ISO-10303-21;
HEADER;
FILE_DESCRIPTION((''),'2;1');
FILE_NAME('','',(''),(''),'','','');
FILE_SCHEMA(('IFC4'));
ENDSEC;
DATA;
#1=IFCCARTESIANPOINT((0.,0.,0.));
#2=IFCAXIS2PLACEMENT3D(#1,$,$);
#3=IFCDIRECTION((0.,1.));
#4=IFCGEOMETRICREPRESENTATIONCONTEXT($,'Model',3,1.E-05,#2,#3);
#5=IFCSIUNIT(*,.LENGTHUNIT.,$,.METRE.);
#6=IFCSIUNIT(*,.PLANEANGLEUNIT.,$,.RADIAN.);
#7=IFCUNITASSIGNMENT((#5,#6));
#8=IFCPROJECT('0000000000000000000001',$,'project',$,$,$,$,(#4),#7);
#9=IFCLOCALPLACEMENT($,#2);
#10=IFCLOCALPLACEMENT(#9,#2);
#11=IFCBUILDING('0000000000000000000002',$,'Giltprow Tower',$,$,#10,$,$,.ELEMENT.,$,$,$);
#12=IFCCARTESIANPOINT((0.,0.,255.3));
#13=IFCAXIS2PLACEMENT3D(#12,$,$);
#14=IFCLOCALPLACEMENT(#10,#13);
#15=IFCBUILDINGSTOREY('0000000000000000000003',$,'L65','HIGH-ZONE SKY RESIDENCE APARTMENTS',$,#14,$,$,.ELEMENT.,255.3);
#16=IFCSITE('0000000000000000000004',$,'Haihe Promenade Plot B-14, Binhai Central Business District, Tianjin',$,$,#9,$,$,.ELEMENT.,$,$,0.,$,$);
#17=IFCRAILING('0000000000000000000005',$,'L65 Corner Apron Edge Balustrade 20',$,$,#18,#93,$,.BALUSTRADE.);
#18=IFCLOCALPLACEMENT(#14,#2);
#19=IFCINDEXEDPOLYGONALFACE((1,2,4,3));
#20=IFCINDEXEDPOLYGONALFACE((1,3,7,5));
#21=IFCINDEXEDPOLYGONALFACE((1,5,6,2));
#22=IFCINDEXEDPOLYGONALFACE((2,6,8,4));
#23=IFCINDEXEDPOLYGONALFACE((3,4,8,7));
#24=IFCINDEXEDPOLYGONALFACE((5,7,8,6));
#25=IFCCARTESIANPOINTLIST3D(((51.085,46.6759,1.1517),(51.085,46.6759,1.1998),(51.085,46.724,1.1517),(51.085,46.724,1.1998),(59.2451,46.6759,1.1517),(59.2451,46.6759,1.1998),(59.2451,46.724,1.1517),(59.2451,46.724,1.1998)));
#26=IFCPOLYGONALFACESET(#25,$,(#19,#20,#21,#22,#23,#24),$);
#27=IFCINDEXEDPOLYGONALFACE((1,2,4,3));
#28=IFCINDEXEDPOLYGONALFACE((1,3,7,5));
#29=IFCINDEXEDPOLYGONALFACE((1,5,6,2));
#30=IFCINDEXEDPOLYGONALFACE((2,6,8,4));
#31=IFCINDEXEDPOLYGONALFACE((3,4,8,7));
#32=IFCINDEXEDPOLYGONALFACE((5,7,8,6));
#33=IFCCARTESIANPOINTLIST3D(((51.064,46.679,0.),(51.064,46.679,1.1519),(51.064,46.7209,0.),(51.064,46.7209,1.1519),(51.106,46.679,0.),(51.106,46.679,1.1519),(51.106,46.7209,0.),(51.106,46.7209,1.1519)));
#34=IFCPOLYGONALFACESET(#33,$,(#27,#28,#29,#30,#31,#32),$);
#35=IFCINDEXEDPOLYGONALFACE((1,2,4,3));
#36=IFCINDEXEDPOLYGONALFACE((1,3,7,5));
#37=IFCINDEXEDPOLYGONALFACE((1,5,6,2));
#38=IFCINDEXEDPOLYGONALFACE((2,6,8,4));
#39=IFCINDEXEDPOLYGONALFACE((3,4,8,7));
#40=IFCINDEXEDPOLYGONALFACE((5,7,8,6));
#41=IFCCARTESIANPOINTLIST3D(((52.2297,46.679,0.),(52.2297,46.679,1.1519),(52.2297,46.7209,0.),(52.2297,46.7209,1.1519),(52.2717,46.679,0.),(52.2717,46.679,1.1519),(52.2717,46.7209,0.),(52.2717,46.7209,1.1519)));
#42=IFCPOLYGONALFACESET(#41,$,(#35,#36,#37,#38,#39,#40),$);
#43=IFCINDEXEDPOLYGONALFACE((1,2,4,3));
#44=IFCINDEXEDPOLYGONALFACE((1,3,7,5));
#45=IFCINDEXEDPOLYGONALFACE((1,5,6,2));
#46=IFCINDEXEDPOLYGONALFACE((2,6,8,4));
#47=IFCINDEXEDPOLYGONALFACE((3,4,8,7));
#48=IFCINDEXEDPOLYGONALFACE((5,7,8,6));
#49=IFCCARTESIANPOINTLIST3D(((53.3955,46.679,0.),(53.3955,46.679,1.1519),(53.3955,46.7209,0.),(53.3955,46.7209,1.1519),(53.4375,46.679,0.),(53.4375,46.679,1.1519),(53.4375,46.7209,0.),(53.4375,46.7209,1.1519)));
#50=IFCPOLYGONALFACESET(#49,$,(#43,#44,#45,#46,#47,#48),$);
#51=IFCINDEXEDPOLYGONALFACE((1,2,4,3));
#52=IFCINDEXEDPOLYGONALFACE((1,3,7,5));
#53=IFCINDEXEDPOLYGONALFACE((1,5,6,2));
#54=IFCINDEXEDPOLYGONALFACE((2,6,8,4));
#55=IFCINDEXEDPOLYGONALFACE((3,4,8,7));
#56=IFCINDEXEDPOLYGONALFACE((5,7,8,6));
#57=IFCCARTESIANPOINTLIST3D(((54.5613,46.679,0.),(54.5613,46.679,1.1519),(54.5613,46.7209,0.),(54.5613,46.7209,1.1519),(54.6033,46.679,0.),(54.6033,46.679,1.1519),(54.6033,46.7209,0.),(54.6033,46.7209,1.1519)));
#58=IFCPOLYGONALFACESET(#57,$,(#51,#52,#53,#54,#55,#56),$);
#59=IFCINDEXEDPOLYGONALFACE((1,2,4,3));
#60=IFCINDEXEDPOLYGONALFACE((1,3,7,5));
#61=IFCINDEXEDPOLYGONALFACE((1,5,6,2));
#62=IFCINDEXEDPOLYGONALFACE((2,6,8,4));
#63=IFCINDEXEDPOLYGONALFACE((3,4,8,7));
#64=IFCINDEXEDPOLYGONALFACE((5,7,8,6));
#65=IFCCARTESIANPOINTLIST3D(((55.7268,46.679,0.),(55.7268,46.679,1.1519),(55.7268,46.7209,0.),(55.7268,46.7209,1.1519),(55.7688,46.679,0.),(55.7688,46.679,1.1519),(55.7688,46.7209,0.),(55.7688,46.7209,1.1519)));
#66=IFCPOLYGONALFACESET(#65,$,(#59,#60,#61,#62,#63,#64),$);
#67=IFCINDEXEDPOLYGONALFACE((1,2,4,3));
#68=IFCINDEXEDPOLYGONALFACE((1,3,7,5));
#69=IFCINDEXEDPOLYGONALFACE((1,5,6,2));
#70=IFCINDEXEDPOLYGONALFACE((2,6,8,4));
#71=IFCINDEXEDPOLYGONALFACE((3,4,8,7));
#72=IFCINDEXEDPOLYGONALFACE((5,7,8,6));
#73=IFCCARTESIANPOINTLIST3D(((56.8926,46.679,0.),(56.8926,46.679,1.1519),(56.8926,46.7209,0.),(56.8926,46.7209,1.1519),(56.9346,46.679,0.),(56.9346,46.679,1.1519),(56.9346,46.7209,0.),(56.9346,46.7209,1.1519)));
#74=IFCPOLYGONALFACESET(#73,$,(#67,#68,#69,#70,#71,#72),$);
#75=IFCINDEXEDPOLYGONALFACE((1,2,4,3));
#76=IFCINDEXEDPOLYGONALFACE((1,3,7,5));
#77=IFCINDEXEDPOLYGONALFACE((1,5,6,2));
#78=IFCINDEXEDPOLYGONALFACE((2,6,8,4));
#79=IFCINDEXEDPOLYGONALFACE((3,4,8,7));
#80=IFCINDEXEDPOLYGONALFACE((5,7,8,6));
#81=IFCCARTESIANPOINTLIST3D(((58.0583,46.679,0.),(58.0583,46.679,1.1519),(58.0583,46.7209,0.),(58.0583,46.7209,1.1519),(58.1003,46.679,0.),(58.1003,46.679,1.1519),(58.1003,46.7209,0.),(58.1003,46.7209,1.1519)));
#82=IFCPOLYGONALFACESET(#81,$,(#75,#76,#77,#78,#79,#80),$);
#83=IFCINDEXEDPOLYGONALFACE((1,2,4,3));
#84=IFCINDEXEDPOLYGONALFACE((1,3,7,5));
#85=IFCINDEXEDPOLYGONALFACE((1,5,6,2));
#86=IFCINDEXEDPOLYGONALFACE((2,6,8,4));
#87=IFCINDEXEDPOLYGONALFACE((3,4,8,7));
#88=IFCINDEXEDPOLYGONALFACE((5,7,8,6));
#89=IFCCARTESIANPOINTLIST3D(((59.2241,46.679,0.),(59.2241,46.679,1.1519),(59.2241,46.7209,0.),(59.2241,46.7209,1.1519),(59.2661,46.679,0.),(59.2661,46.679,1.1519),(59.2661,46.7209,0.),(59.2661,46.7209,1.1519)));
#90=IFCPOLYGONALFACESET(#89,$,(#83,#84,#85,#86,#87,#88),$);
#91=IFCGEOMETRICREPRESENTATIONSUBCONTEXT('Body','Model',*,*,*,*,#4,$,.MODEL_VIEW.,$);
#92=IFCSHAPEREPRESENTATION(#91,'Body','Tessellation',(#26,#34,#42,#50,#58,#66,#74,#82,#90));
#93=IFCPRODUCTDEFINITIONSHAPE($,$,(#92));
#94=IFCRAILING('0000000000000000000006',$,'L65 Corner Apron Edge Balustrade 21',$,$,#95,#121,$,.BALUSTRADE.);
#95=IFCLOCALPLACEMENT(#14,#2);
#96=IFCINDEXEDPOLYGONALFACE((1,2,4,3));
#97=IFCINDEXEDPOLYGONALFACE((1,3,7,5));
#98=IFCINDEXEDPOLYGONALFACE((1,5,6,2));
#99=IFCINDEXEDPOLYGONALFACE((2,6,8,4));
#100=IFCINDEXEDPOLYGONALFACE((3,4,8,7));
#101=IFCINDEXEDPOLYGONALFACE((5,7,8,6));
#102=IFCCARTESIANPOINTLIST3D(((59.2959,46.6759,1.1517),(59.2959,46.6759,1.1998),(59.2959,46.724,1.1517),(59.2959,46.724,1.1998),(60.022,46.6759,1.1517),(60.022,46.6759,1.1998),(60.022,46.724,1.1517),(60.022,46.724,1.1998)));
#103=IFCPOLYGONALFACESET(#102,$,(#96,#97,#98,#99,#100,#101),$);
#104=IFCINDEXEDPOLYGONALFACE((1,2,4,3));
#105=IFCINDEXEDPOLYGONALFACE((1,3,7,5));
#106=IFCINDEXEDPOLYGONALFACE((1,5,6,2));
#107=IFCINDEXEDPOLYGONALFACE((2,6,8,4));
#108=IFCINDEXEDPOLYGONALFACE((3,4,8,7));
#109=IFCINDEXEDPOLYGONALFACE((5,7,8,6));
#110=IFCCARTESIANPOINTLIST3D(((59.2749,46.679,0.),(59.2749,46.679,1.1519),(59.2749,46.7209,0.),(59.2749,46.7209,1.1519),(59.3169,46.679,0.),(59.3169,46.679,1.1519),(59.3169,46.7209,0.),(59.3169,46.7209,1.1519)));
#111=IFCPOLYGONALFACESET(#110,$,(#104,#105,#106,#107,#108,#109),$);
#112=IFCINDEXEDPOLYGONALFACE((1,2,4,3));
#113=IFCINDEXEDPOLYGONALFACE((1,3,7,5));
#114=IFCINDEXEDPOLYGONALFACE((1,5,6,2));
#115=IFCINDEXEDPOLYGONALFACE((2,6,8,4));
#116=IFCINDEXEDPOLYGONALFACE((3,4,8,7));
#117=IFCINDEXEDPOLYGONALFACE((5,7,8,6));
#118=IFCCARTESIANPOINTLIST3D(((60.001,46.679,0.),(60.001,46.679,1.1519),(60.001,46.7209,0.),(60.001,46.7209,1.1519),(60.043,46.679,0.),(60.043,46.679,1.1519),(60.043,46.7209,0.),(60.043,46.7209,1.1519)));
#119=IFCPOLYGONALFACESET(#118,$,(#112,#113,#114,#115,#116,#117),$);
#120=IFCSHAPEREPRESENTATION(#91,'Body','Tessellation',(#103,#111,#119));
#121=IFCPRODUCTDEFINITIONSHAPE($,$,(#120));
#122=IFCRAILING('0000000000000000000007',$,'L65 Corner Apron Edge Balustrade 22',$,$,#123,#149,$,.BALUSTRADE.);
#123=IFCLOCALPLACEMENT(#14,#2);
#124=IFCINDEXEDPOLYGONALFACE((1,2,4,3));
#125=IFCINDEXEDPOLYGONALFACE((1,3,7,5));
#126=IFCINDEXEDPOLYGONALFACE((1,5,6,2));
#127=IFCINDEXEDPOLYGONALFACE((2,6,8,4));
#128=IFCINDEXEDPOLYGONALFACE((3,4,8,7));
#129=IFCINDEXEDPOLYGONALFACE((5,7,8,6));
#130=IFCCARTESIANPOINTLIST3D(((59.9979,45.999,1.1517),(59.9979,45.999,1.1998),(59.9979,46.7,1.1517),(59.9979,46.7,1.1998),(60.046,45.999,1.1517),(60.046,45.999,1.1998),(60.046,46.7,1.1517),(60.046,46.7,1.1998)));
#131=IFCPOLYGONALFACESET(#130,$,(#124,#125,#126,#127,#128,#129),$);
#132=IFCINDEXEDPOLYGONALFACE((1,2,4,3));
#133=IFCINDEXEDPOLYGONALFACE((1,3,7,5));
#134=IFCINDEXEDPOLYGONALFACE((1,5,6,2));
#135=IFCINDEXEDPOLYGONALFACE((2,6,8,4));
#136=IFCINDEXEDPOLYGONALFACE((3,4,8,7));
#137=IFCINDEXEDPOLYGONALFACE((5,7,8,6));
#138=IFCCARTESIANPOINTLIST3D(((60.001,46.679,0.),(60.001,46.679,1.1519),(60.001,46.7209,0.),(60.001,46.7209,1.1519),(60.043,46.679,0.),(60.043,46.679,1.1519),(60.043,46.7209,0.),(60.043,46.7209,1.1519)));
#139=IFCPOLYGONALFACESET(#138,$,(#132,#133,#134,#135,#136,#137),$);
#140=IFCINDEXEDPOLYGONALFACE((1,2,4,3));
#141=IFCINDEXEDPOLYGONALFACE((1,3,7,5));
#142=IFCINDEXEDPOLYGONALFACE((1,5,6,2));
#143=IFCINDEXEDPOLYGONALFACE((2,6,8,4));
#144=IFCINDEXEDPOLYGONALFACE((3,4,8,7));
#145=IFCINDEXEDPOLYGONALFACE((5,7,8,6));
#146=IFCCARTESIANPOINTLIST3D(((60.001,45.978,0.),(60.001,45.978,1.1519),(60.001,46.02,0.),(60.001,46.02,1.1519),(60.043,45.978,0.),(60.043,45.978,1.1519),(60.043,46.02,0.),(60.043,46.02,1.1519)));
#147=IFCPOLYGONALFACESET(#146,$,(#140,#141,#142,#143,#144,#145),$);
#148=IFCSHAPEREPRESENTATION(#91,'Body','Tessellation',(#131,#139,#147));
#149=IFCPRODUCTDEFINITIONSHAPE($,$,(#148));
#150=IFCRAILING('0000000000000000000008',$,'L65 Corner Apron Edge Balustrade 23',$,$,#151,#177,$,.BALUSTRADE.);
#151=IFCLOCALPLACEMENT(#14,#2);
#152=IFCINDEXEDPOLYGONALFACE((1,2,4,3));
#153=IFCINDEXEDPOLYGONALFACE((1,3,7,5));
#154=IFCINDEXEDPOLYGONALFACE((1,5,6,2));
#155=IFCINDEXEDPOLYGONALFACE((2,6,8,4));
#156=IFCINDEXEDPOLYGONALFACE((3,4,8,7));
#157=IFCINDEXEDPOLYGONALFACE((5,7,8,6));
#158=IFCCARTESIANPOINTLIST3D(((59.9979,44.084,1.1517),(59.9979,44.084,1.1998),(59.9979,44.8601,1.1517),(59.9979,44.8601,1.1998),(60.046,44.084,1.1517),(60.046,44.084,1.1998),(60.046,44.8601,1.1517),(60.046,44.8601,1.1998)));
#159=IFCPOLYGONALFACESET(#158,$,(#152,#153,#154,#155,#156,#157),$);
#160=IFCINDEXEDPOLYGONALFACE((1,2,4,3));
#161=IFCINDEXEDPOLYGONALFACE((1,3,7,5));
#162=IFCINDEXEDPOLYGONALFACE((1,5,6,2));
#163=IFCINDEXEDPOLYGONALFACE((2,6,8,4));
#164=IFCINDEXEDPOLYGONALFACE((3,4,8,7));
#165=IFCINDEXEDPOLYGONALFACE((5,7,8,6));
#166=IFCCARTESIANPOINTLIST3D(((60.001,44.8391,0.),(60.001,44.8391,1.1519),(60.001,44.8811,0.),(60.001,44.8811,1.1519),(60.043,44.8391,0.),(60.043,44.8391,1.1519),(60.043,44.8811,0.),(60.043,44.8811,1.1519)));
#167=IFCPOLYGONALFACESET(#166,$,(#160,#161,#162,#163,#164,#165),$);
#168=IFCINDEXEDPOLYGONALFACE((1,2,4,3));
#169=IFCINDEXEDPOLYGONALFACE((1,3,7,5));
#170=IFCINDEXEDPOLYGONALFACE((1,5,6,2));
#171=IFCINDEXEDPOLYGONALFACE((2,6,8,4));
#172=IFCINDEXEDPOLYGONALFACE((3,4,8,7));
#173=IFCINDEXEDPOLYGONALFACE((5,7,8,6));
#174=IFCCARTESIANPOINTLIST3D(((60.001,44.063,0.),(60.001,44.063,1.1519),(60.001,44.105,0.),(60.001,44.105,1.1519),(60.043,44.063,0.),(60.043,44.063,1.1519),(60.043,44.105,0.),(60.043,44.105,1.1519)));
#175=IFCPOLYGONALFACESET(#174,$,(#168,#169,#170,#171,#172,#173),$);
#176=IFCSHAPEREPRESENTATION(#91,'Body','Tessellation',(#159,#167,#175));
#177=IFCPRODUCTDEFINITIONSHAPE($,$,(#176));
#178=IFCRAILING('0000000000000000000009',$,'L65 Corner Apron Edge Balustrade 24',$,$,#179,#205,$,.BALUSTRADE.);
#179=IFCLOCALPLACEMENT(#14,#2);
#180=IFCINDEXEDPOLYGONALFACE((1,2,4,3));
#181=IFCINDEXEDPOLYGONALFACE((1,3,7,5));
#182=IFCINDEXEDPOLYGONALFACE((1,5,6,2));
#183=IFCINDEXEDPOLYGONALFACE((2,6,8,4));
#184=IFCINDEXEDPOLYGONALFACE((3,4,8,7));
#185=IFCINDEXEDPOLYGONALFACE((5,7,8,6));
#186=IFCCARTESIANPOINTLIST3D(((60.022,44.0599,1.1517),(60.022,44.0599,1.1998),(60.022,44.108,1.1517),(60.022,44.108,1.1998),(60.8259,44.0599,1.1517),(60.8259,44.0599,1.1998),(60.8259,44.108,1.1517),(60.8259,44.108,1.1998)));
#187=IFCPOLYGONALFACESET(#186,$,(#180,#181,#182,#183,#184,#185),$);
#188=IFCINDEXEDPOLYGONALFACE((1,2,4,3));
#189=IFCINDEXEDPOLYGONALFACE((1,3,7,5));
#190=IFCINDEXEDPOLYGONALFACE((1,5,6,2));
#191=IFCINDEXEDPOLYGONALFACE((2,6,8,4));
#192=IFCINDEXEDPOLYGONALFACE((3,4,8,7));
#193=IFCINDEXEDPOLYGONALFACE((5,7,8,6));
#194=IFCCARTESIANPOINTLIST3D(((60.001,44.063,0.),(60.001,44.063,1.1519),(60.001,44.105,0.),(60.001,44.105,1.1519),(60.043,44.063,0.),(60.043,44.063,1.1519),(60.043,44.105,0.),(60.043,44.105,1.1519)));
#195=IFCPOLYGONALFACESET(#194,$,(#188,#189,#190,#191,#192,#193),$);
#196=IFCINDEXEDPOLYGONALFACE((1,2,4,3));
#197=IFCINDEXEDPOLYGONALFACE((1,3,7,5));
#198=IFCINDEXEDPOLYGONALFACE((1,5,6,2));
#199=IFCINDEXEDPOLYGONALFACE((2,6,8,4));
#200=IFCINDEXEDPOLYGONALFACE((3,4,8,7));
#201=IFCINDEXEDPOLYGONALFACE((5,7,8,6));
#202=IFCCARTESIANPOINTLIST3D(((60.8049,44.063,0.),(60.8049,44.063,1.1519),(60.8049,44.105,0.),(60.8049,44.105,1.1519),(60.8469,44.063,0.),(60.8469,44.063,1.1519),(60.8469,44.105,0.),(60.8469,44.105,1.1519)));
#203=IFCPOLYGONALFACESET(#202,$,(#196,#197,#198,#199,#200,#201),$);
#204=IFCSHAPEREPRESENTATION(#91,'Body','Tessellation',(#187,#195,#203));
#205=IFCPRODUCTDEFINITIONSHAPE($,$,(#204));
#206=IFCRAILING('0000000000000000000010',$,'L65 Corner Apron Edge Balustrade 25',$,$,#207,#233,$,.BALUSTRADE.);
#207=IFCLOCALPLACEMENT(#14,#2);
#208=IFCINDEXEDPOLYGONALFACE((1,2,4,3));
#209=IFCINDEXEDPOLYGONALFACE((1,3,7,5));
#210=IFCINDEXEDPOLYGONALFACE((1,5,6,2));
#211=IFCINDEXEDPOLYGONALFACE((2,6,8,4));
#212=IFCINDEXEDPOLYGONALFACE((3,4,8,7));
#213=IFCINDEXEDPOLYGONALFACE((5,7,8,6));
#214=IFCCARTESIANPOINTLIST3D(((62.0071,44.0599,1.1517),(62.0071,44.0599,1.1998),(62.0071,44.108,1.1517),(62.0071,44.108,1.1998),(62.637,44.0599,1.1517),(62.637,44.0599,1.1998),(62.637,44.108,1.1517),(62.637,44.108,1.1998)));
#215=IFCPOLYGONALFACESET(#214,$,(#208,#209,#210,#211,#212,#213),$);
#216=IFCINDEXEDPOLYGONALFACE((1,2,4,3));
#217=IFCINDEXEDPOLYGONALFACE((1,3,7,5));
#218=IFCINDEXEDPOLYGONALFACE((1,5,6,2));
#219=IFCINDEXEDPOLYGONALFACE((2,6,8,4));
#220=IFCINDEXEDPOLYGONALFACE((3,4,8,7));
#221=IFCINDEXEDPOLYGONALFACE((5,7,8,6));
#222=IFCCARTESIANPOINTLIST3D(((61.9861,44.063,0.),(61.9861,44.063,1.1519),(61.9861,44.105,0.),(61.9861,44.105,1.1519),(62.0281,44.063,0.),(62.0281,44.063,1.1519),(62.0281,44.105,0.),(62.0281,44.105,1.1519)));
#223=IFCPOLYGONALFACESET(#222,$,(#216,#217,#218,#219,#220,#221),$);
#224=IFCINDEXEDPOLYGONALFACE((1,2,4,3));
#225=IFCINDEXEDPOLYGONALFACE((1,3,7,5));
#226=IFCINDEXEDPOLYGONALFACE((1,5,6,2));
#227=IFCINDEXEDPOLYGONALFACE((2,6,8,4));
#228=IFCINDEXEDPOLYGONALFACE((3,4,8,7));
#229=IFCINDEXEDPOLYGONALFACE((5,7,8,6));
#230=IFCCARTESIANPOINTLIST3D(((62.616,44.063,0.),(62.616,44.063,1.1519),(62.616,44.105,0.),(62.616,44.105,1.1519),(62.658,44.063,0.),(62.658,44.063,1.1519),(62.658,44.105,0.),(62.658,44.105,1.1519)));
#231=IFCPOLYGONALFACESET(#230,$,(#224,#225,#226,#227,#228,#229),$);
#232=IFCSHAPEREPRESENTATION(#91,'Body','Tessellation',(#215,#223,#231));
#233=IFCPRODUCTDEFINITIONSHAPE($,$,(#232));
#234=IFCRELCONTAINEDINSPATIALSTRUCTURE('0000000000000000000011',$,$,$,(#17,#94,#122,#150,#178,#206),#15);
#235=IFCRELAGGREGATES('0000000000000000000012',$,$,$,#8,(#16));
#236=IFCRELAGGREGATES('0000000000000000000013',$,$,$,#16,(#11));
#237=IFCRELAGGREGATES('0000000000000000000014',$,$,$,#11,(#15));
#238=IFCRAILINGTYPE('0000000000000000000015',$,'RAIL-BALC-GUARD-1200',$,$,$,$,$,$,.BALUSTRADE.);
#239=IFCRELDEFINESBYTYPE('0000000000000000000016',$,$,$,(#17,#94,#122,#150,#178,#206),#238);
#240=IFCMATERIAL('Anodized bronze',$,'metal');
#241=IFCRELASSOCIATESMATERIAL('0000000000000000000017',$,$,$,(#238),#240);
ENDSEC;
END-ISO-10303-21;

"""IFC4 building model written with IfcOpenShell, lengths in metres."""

from ifc_helpers import new_model, si_unit, direction, frame, origin, origin_2d, place, context, subcontext, project, spatial, rectangle, extrude, material, type_object, element, save


model = new_model("IFC4")

# Units and contexts
model_context = context("Model", 3, precision=1e-05, world=origin(), true_north=direction((0.0, 1.0)))
body_context = subcontext(model_context, "Body", "Model", "MODEL_VIEW")
ifc_project = project(units=[si_unit("LENGTHUNIT", "METRE"), si_unit("PLANEANGLEUNIT", "RADIAN")], contexts=[model_context])

# Site, building, storey
site_placement = place(None, origin())
site = spatial("IfcSite", under=ifc_project, at=site_placement, Name="Haihe Promenade Plot B-14, Binhai Central Business District, Tianjin", CompositionType="ELEMENT", RefElevation=0.0)
building_placement = place(site_placement, origin())
building = spatial("IfcBuilding", under=site, at=building_placement, Name="Giltprow Tower", CompositionType="ELEMENT")
storey_placement = place(building_placement, frame((0.0, 0.0, 255.3)))
storey = spatial("IfcBuildingStorey", under=building, at=storey_placement, Name="L65", Description="HIGH-ZONE SKY RESIDENCE APARTMENTS", CompositionType="ELEMENT", Elevation=255.3)

# Railings
ifc_material_1 = material(Name="Anodized bronze", Category="metal")
railing_type_1 = type_object("IfcRailingType", Name="RAIL-BALC-GUARD-1200", PredefinedType="BALUSTRADE", material=ifc_material_1)
railing_1_placement = place(storey_placement, frame((51.085, 46.7, 0.0)))
element("IfcRailing", 1, at=railing_1_placement, inside=storey, type_object=railing_type_1, Name="L65 Corner Apron Edge Balustrade 20", PredefinedType="BALUSTRADE", context=body_context, shape_type="SweptSolid", body=[
    extrude(rectangle(XDim=0.0481, YDim=0.0481, at=origin_2d()), frame((0.0, 0.0, 1.1758), z_axis=(1.0, 0.0, 0.0), x_axis=(0.0, 1.0, 0.0)), (0.0, 0.0, 1.0), 8.1602),
    extrude(rectangle(XDim=0.042, YDim=0.042, at=origin_2d()), origin(), (0.0, 0.0, 1.0), 1.1519),
    extrude(rectangle(XDim=0.042, YDim=0.042, at=origin_2d()), frame((1.1658, 0.0, 0.0)), (0.0, 0.0, 1.0), 1.1519),
    extrude(rectangle(XDim=0.042, YDim=0.042, at=origin_2d()), frame((2.3315, 0.0, 0.0)), (0.0, 0.0, 1.0), 1.1519),
    extrude(rectangle(XDim=0.042, YDim=0.042, at=origin_2d()), frame((3.4973, 0.0, 0.0)), (0.0, 0.0, 1.0), 1.1519),
    extrude(rectangle(XDim=0.042, YDim=0.042, at=origin_2d()), frame((4.6628, 0.0, 0.0)), (0.0, 0.0, 1.0), 1.1519),
    extrude(rectangle(XDim=0.042, YDim=0.042, at=origin_2d()), frame((5.8286, 0.0, 0.0)), (0.0, 0.0, 1.0), 1.1519),
    extrude(rectangle(XDim=0.042, YDim=0.042, at=origin_2d()), frame((6.9944, 0.0, 0.0)), (0.0, 0.0, 1.0), 1.1519),
    extrude(rectangle(XDim=0.042, YDim=0.042, at=origin_2d()), frame((8.1602, 0.0, 0.0)), (0.0, 0.0, 1.0), 1.1519),
])
railing_2_placement = place(storey_placement, frame((59.2959, 46.7, 0.0)))
element("IfcRailing", 2, at=railing_2_placement, inside=storey, type_object=railing_type_1, Name="L65 Corner Apron Edge Balustrade 21", PredefinedType="BALUSTRADE", context=body_context, shape_type="SweptSolid", body=[
    extrude(rectangle(XDim=0.0481, YDim=0.0481, at=origin_2d()), frame((0.0, 0.0, 1.1758), z_axis=(1.0, 0.0, 0.0), x_axis=(0.0, 1.0, 0.0)), (0.0, 0.0, 1.0), 0.7261),
    extrude(rectangle(XDim=0.042, YDim=0.042, at=origin_2d()), origin(), (0.0, 0.0, 1.0), 1.1519),
    extrude(rectangle(XDim=0.042, YDim=0.042, at=origin_2d()), frame((0.7261, 0.0, 0.0)), (0.0, 0.0, 1.0), 1.1519),
])
railing_3_placement = place(storey_placement, frame((60.022, 46.7, 0.0)))
element("IfcRailing", 3, at=railing_3_placement, inside=storey, type_object=railing_type_1, Name="L65 Corner Apron Edge Balustrade 22", PredefinedType="BALUSTRADE", context=body_context, shape_type="SweptSolid", body=[
    extrude(rectangle(XDim=0.0481, YDim=0.0481, at=origin_2d()), frame((0.0, 0.0, 1.1758), z_axis=(0.0, -1.0, 0.0), x_axis=(1.0, 0.0, 0.0)), (0.0, 0.0, 1.0), 0.7009),
    extrude(rectangle(XDim=0.042, YDim=0.042, at=origin_2d()), origin(), (0.0, 0.0, 1.0), 1.1519),
    extrude(rectangle(XDim=0.042, YDim=0.042, at=origin_2d()), frame((0.0, -0.7009, 0.0)), (0.0, 0.0, 1.0), 1.1519),
])
railing_4_placement = place(storey_placement, frame((60.022, 44.8601, 0.0)))
element("IfcRailing", 4, at=railing_4_placement, inside=storey, type_object=railing_type_1, Name="L65 Corner Apron Edge Balustrade 23", PredefinedType="BALUSTRADE", context=body_context, shape_type="SweptSolid", body=[
    extrude(rectangle(XDim=0.0481, YDim=0.0481, at=origin_2d()), frame((0.0, 0.0, 1.1758), z_axis=(0.0, -1.0, 0.0), x_axis=(1.0, 0.0, 0.0)), (0.0, 0.0, 1.0), 0.7761),
    extrude(rectangle(XDim=0.042, YDim=0.042, at=origin_2d()), origin(), (0.0, 0.0, 1.0), 1.1519),
    extrude(rectangle(XDim=0.042, YDim=0.042, at=origin_2d()), frame((0.0, -0.7761, 0.0)), (0.0, 0.0, 1.0), 1.1519),
])
railing_5_placement = place(storey_placement, frame((60.022, 44.084, 0.0)))
element("IfcRailing", 5, at=railing_5_placement, inside=storey, type_object=railing_type_1, Name="L65 Corner Apron Edge Balustrade 24", PredefinedType="BALUSTRADE", context=body_context, shape_type="SweptSolid", body=[
    extrude(rectangle(XDim=0.0481, YDim=0.0481, at=origin_2d()), frame((0.0, 0.0, 1.1758), z_axis=(1.0, 0.0, 0.0), x_axis=(0.0, 1.0, 0.0)), (0.0, 0.0, 1.0), 0.804),
    extrude(rectangle(XDim=0.042, YDim=0.042, at=origin_2d()), origin(), (0.0, 0.0, 1.0), 1.1519),
    extrude(rectangle(XDim=0.042, YDim=0.042, at=origin_2d()), frame((0.804, 0.0, 0.0)), (0.0, 0.0, 1.0), 1.1519),
])
railing_6_placement = place(storey_placement, frame((62.0071, 44.084, 0.0)))
element("IfcRailing", 6, at=railing_6_placement, inside=storey, type_object=railing_type_1, Name="L65 Corner Apron Edge Balustrade 25", PredefinedType="BALUSTRADE", context=body_context, shape_type="SweptSolid", body=[
    extrude(rectangle(XDim=0.0481, YDim=0.0481, at=origin_2d()), frame((0.0, 0.0, 1.1758), z_axis=(1.0, 0.0, 0.0), x_axis=(0.0, 1.0, 0.0)), (0.0, 0.0, 1.0), 0.6299),
    extrude(rectangle(XDim=0.042, YDim=0.042, at=origin_2d()), origin(), (0.0, 0.0, 1.0), 1.1519),
    extrude(rectangle(XDim=0.042, YDim=0.042, at=origin_2d()), frame((0.6299, 0.0, 0.0)), (0.0, 0.0, 1.0), 1.1519),
])

save(model, "model.ifc")
